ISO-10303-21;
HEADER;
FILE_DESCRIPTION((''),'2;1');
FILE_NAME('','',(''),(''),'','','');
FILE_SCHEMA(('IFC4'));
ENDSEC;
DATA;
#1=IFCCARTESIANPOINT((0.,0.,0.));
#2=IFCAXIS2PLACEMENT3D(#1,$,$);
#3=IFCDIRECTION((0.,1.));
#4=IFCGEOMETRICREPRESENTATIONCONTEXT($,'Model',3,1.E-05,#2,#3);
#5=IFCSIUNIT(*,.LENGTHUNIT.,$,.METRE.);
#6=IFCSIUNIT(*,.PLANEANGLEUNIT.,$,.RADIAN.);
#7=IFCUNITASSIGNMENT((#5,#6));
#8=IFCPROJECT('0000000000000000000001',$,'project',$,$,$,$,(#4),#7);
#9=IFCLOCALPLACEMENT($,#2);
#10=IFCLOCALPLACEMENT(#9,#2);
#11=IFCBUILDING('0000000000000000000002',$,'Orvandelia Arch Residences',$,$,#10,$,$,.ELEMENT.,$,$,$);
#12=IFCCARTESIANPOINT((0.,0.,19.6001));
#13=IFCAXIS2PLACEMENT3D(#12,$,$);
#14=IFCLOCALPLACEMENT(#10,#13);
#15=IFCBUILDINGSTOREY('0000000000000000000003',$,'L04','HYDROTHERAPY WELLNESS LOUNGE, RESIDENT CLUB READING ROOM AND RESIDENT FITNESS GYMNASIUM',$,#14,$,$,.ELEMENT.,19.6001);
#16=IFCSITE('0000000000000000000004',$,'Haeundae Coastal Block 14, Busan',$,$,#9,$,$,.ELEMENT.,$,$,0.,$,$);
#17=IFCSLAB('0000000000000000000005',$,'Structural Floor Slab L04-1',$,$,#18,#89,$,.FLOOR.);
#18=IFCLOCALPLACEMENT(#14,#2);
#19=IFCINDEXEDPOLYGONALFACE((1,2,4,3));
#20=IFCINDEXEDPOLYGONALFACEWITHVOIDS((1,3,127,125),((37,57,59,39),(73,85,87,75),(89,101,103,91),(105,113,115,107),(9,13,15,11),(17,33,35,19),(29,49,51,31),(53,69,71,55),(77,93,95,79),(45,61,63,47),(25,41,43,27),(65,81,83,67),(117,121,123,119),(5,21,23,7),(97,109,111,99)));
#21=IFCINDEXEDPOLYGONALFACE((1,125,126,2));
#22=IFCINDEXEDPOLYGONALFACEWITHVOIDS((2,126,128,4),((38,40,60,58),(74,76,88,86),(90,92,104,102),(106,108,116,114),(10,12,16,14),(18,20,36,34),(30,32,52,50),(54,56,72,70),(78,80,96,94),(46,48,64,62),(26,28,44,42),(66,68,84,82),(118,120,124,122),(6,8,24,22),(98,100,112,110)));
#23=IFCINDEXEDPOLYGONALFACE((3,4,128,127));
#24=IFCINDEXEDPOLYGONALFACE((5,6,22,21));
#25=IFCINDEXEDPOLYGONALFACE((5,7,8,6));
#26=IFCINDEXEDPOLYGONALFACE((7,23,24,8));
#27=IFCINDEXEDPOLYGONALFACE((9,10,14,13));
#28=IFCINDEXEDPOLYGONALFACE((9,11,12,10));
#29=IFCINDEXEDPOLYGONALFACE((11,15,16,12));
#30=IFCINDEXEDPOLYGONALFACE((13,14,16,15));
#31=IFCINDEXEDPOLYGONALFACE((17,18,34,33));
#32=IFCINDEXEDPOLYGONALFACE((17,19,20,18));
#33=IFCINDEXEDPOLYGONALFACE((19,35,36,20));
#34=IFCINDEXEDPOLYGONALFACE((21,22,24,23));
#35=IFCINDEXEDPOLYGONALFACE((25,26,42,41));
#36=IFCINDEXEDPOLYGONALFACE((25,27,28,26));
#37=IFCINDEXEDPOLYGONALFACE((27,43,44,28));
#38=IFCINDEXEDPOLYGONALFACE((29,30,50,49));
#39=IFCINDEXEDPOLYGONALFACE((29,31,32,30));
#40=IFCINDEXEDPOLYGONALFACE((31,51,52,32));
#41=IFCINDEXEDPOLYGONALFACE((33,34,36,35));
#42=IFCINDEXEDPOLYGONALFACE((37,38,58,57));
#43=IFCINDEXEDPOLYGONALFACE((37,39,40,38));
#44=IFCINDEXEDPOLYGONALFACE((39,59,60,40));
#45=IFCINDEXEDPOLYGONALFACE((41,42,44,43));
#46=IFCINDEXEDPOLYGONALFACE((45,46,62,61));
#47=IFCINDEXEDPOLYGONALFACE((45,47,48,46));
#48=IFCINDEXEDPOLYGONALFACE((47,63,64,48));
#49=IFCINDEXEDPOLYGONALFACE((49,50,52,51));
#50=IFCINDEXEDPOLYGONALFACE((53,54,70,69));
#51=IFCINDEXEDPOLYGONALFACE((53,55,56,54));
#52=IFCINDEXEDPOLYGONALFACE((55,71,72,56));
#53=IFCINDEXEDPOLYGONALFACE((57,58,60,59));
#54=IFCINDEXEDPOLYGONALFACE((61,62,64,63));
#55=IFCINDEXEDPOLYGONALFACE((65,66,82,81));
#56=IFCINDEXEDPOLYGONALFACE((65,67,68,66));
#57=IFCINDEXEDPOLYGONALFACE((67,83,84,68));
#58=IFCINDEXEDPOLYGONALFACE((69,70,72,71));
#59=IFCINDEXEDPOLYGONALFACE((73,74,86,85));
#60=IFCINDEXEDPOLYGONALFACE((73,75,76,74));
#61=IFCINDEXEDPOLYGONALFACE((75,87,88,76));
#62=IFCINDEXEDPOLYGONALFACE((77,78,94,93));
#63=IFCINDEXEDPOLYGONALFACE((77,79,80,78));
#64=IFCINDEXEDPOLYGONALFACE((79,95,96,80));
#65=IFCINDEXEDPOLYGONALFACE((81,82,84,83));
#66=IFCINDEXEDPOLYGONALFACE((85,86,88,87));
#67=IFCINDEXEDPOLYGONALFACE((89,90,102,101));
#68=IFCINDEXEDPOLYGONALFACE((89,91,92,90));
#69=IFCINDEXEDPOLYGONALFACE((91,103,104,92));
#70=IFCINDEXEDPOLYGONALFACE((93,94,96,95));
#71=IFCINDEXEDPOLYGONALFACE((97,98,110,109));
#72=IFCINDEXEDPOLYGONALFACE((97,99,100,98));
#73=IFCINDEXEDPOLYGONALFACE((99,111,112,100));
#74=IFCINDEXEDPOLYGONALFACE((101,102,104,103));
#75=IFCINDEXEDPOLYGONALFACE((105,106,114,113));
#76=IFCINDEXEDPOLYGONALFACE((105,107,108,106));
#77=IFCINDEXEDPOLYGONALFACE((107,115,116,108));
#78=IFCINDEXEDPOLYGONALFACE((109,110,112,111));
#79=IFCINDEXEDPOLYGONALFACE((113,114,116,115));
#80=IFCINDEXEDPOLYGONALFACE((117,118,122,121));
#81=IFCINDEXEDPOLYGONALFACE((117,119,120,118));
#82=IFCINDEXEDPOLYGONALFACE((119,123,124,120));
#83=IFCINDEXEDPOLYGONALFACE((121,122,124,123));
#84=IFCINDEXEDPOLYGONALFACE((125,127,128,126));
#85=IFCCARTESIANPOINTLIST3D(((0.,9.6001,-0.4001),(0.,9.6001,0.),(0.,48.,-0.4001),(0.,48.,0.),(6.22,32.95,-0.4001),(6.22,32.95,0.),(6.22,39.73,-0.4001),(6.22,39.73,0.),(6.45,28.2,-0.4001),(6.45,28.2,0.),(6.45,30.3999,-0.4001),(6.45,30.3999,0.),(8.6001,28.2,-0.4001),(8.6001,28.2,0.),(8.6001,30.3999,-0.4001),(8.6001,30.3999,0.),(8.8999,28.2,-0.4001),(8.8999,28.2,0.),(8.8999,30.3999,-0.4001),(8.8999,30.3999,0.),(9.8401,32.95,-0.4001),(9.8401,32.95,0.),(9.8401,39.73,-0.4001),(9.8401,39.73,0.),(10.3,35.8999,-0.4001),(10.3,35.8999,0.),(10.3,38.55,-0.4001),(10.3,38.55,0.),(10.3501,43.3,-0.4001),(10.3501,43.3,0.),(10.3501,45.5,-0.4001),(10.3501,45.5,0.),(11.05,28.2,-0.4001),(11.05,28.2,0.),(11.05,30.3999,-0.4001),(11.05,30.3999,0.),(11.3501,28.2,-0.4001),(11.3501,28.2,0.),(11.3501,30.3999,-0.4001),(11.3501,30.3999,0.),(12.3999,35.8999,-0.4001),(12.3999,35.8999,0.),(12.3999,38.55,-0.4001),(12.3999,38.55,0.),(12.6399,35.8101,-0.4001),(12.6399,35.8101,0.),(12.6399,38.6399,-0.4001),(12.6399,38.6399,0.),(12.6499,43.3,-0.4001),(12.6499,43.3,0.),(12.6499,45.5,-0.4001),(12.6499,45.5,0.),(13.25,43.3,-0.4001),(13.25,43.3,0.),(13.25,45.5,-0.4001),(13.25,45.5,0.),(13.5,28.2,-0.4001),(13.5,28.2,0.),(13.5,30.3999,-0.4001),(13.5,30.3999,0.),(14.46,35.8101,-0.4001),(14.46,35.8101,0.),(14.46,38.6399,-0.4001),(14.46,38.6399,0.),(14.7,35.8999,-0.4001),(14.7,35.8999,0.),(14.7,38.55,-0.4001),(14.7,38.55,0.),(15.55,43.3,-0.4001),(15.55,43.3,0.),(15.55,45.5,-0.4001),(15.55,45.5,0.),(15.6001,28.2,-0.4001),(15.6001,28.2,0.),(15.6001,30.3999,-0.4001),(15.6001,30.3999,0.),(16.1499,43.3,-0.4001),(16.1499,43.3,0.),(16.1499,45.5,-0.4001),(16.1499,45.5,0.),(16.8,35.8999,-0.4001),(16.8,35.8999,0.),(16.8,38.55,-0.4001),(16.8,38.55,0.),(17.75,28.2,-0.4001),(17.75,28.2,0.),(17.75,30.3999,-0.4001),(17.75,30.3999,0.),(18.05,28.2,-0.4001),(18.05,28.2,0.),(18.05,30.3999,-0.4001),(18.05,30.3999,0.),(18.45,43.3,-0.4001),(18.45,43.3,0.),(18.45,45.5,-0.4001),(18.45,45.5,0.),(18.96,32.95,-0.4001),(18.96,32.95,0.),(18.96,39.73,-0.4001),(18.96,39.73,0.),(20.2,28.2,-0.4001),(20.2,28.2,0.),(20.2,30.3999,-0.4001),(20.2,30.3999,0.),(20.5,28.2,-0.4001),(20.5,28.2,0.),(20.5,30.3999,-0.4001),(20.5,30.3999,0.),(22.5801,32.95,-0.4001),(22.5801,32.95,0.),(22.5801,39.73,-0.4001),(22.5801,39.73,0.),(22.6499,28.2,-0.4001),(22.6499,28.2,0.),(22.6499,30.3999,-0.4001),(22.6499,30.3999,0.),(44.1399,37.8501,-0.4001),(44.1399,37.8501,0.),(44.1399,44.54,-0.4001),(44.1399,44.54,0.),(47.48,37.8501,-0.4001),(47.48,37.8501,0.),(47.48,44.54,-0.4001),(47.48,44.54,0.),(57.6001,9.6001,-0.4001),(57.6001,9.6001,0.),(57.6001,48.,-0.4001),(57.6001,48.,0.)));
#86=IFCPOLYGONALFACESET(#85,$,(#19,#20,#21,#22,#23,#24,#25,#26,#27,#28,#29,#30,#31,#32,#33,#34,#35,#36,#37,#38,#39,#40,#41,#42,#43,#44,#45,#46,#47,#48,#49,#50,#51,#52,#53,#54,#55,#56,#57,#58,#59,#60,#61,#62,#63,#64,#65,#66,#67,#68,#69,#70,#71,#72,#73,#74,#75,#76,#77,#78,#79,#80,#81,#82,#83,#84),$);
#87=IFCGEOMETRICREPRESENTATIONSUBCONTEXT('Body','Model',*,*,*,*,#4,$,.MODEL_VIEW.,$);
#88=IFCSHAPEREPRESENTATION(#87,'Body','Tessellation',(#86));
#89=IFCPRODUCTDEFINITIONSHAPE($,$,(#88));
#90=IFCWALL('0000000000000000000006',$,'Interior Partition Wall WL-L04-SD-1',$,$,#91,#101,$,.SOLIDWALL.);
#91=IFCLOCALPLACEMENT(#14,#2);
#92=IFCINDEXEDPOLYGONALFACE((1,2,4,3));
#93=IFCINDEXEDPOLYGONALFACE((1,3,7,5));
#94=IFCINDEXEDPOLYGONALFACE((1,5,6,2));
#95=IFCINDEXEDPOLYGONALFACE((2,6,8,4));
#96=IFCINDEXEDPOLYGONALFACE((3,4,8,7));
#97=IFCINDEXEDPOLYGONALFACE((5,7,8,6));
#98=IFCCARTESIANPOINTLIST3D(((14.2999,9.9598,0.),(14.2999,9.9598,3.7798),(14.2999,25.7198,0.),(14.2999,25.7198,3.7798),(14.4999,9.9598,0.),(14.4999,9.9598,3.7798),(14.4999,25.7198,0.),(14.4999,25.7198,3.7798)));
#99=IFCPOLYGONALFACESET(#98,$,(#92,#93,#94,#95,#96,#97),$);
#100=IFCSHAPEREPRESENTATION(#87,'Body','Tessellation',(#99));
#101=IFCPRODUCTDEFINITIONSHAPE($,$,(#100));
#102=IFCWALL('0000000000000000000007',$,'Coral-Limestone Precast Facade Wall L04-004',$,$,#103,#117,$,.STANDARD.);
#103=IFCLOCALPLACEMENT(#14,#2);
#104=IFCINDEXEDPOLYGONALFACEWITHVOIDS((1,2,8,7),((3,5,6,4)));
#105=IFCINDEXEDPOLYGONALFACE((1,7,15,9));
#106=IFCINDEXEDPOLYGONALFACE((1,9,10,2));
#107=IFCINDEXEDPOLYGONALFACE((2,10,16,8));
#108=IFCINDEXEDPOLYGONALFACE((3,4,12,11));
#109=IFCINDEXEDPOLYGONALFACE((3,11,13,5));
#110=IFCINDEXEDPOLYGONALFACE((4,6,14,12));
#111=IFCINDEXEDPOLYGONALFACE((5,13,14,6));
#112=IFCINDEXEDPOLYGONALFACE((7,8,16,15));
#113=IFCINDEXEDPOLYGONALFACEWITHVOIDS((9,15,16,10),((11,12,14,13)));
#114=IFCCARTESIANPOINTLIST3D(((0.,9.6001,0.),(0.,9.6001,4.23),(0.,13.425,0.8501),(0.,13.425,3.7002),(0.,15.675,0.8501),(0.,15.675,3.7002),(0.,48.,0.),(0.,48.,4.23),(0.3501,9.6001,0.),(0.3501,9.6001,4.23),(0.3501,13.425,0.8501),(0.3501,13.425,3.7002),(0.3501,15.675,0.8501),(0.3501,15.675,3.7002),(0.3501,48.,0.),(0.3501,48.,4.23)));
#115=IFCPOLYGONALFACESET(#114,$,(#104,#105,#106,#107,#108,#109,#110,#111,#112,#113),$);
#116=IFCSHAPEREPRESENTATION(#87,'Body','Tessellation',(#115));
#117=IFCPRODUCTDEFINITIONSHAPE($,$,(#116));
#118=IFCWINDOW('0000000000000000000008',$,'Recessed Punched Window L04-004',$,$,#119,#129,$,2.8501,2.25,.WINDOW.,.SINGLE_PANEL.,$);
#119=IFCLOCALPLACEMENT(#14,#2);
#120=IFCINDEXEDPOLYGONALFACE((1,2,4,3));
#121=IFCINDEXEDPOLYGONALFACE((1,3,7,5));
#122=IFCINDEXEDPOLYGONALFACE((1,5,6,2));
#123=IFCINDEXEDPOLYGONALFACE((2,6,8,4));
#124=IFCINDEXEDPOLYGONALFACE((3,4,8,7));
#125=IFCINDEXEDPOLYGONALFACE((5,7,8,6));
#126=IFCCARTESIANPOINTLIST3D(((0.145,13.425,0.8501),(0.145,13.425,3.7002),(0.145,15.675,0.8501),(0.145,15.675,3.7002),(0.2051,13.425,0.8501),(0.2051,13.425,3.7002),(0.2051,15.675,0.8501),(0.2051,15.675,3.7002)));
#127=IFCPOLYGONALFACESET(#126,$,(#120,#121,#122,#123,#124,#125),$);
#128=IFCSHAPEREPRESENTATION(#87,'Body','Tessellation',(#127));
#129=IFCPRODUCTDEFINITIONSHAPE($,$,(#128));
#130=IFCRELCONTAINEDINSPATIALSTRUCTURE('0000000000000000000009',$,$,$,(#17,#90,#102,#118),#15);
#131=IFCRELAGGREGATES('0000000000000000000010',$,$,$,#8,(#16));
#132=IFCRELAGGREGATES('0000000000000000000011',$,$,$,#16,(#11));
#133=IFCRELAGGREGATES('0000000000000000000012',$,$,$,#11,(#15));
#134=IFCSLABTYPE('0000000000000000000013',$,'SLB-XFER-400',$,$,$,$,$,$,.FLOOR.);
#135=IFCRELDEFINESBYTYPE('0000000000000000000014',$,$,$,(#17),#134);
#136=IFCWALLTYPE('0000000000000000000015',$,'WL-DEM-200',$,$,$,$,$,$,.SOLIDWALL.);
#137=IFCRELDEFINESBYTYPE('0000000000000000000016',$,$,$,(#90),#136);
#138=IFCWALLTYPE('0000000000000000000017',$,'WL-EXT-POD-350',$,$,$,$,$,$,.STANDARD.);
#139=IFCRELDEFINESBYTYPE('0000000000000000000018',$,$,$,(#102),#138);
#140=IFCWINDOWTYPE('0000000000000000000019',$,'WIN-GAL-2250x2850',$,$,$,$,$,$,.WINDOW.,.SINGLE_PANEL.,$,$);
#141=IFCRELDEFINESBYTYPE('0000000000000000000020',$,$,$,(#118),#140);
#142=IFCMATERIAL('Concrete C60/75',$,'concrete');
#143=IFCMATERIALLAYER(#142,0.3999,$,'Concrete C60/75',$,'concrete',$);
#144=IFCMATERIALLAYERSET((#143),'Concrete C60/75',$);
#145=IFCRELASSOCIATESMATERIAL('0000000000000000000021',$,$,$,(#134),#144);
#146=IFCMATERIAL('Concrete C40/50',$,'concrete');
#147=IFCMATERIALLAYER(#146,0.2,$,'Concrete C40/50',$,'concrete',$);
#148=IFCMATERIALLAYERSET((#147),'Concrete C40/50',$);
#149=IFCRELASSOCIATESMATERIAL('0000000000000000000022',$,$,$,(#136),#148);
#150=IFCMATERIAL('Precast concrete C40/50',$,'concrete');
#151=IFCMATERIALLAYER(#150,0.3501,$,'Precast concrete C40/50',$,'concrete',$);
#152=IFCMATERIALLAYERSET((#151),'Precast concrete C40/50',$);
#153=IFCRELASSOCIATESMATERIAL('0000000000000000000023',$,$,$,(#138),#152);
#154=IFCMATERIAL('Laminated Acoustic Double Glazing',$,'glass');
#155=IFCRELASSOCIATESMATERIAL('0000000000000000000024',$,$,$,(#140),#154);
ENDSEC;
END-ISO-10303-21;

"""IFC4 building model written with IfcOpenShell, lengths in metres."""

from ifc_helpers import new_model, si_unit, direction, frame, frame_2d, origin, place, context, subcontext, project, spatial, polyline, rectangle, outline, extrude, material, layer, layer_set, type_object, element, fill, save


model = new_model("IFC4")

# Units and contexts
model_context = context("Model", 3, precision=1e-05, world=origin(), true_north=direction((0.0, 1.0)))
body_context = subcontext(model_context, "Body", "Model", "MODEL_VIEW")
ifc_project = project(units=[si_unit("LENGTHUNIT", "METRE"), si_unit("PLANEANGLEUNIT", "RADIAN")], contexts=[model_context])

# Site, building, storey
site_placement = place(None, origin())
site = spatial("IfcSite", under=ifc_project, at=site_placement, Name="Haeundae Coastal Block 14, Busan", CompositionType="ELEMENT", RefElevation=0.0)
building_placement = place(site_placement, origin())
building = spatial("IfcBuilding", under=site, at=building_placement, Name="Orvandelia Arch Residences", CompositionType="ELEMENT")
storey_placement = place(building_placement, frame((0.0, 0.0, 19.6001)))
storey = spatial("IfcBuildingStorey", under=building, at=storey_placement, Name="L04", Description="HYDROTHERAPY WELLNESS LOUNGE, RESIDENT CLUB READING ROOM AND RESIDENT FITNESS GYMNASIUM", CompositionType="ELEMENT", Elevation=19.6001)

# Shared definitions
ifc_material_1 = material(Name="Concrete C60/75", Category="concrete")

# Shared definitions
ifc_material_2 = material(Name="Concrete C40/50", Category="concrete")

# Slab
ifc_layer_1 = layer(ifc_material_1, 0.3999, Name="Concrete C60/75", Category="concrete")
ifc_layer_set_1 = layer_set([ifc_layer_1], Name="Concrete C60/75")
slab_type_1 = type_object("IfcSlabType", Name="SLB-XFER-400", PredefinedType="FLOOR", material=ifc_layer_set_1)
slab_1_placement = place(storey_placement, frame((0.0, 0.0, -0.4001)))
element("IfcSlab", 1, at=slab_1_placement, inside=storey, type_object=slab_type_1, Name="Structural Floor Slab L04-1", PredefinedType="FLOOR", context=body_context, shape_type="SweptSolid", body=[
    extrude(outline(polyline([(0.0, 9.6001), (57.6001, 9.6001), (57.6001, 48.0), (0.0, 48.0), (0.0, 9.6001)]), holes=[polyline([(6.22, 32.95), (9.8401, 32.95), (9.8401, 39.73), (6.22, 39.73), (6.22, 32.95)]), polyline([(18.96, 32.95), (22.5801, 32.95), (22.5801, 39.73), (18.96, 39.73), (18.96, 32.95)]), polyline([(44.1399, 37.8501), (47.48, 37.8501), (47.48, 44.54), (44.1399, 44.54), (44.1399, 37.8501)]), polyline([(12.6399, 35.8101), (14.46, 35.8101), (14.46, 38.6399), (12.6399, 38.6399), (12.6399, 35.8101)]), polyline([(10.3, 35.8999), (12.3999, 35.8999), (12.3999, 38.55), (10.3, 38.55), (10.3, 35.8999)]), polyline([(14.7, 35.8999), (16.8, 35.8999), (16.8, 38.55), (14.7, 38.55), (14.7, 35.8999)]), polyline([(10.3501, 43.3), (12.6499, 43.3), (12.6499, 45.5), (10.3501, 45.5), (10.3501, 43.3)]), polyline([(13.25, 43.3), (15.55, 43.3), (15.55, 45.5), (13.25, 45.5), (13.25, 43.3)]), polyline([(16.1499, 43.3), (18.45, 43.3), (18.45, 45.5), (16.1499, 45.5), (16.1499, 43.3)]), polyline([(6.45, 28.2), (8.6001, 28.2), (8.6001, 30.3999), (6.45, 30.3999), (6.45, 28.2)]), polyline([(8.8999, 28.2), (11.05, 28.2), (11.05, 30.3999), (8.8999, 30.3999), (8.8999, 28.2)]), polyline([(11.3501, 28.2), (13.5, 28.2), (13.5, 30.3999), (11.3501, 30.3999), (11.3501, 28.2)]), polyline([(15.6001, 28.2), (17.75, 28.2), (17.75, 30.3999), (15.6001, 30.3999), (15.6001, 28.2)]), polyline([(18.05, 28.2), (20.2, 28.2), (20.2, 30.3999), (18.05, 30.3999), (18.05, 28.2)]), polyline([(20.5, 28.2), (22.6499, 28.2), (22.6499, 30.3999), (20.5, 30.3999), (20.5, 28.2)])]), origin(), (0.0, 0.0, 1.0), 0.4001),
])

# Wall
ifc_layer_2 = layer(ifc_material_2, 0.2, Name="Concrete C40/50", Category="concrete")
ifc_layer_set_2 = layer_set([ifc_layer_2], Name="Concrete C40/50")
wall_type_1 = type_object("IfcWallType", Name="WL-DEM-200", PredefinedType="SOLIDWALL", material=ifc_layer_set_2)
wall_1_placement = place(storey_placement, frame((14.3999, 9.96, 0.0), z_axis=(0.0, 0.0, 1.0), x_axis=(0.0, 1.0, 0.0)))
element("IfcWall", 2, at=wall_1_placement, inside=storey, type_object=wall_type_1, Name="Interior Partition Wall WL-L04-SD-1", PredefinedType="SOLIDWALL", context=body_context, shape_type="SweptSolid", body=[
    extrude(rectangle(XDim=15.76, YDim=0.2, at=frame_2d((7.8799, 0.0))), origin(), (0.0, 0.0, 1.0), 3.7798),
])

# Wall, opening, window
ifc_material_3 = material(Name="Precast concrete C40/50", Category="concrete")
ifc_layer_3 = layer(ifc_material_3, 0.3501, Name="Precast concrete C40/50", Category="concrete")
ifc_layer_set_3 = layer_set([ifc_layer_3], Name="Precast concrete C40/50")
wall_type_2 = type_object("IfcWallType", Name="WL-EXT-POD-350", PredefinedType="STANDARD", material=ifc_layer_set_3)
wall_2_placement = place(storey_placement, frame((0.175, 9.6001, 0.0), z_axis=(0.0, 0.0, 1.0), x_axis=(0.0, 1.0, 0.0)))
wall_2 = element("IfcWall", 3, at=wall_2_placement, inside=storey, type_object=wall_type_2, Name="Coral-Limestone Precast Facade Wall L04-004", PredefinedType="STANDARD", context=body_context, shape_type="SweptSolid", body=[
    extrude(rectangle(XDim=38.3999, YDim=0.3501, at=frame_2d((19.2, 0.0))), origin(), (0.0, 0.0, 1.0), 4.23),
])
opening_placement = place(wall_2_placement, frame((3.825, 0.0, 0.8501)))
opening = element("IfcOpeningElement", 4, at=opening_placement, cuts=wall_2, PredefinedType="OPENING", context=body_context, shape_type="SweptSolid", body=[
    extrude(rectangle(XDim=2.25, YDim=2.8501, at=frame_2d((1.125, 1.425))), frame((0.0, 0.1851, 0.0), z_axis=(0.0, -1.0, 0.0), x_axis=(1.0, 0.0, 0.0)), (0.0, 0.0, 1.0), 0.3701),
])
ifc_material_4 = material(Name="Laminated Acoustic Double Glazing", Category="glass")
window_type = type_object("IfcWindowType", Name="WIN-GAL-2250x2850", PartitioningType="SINGLE_PANEL", PredefinedType="WINDOW", material=ifc_material_4)
window_placement = place(opening_placement, origin())
window = element("IfcWindow", 5, at=window_placement, inside=storey, type_object=window_type, Name="Recessed Punched Window L04-004", OverallHeight=2.8501, OverallWidth=2.25, PartitioningType="SINGLE_PANEL", PredefinedType="WINDOW", context=body_context, shape_type="SweptSolid", body=[
    extrude(rectangle(XDim=2.25, YDim=2.8501, at=frame_2d((1.125, 1.425))), frame((0.0, 0.03, 0.0), z_axis=(0.0, -1.0, 0.0), x_axis=(1.0, 0.0, 0.0)), (0.0, 0.0, 1.0), 0.0601),
])
fill(opening, window)

save(model, "model.ifc")
